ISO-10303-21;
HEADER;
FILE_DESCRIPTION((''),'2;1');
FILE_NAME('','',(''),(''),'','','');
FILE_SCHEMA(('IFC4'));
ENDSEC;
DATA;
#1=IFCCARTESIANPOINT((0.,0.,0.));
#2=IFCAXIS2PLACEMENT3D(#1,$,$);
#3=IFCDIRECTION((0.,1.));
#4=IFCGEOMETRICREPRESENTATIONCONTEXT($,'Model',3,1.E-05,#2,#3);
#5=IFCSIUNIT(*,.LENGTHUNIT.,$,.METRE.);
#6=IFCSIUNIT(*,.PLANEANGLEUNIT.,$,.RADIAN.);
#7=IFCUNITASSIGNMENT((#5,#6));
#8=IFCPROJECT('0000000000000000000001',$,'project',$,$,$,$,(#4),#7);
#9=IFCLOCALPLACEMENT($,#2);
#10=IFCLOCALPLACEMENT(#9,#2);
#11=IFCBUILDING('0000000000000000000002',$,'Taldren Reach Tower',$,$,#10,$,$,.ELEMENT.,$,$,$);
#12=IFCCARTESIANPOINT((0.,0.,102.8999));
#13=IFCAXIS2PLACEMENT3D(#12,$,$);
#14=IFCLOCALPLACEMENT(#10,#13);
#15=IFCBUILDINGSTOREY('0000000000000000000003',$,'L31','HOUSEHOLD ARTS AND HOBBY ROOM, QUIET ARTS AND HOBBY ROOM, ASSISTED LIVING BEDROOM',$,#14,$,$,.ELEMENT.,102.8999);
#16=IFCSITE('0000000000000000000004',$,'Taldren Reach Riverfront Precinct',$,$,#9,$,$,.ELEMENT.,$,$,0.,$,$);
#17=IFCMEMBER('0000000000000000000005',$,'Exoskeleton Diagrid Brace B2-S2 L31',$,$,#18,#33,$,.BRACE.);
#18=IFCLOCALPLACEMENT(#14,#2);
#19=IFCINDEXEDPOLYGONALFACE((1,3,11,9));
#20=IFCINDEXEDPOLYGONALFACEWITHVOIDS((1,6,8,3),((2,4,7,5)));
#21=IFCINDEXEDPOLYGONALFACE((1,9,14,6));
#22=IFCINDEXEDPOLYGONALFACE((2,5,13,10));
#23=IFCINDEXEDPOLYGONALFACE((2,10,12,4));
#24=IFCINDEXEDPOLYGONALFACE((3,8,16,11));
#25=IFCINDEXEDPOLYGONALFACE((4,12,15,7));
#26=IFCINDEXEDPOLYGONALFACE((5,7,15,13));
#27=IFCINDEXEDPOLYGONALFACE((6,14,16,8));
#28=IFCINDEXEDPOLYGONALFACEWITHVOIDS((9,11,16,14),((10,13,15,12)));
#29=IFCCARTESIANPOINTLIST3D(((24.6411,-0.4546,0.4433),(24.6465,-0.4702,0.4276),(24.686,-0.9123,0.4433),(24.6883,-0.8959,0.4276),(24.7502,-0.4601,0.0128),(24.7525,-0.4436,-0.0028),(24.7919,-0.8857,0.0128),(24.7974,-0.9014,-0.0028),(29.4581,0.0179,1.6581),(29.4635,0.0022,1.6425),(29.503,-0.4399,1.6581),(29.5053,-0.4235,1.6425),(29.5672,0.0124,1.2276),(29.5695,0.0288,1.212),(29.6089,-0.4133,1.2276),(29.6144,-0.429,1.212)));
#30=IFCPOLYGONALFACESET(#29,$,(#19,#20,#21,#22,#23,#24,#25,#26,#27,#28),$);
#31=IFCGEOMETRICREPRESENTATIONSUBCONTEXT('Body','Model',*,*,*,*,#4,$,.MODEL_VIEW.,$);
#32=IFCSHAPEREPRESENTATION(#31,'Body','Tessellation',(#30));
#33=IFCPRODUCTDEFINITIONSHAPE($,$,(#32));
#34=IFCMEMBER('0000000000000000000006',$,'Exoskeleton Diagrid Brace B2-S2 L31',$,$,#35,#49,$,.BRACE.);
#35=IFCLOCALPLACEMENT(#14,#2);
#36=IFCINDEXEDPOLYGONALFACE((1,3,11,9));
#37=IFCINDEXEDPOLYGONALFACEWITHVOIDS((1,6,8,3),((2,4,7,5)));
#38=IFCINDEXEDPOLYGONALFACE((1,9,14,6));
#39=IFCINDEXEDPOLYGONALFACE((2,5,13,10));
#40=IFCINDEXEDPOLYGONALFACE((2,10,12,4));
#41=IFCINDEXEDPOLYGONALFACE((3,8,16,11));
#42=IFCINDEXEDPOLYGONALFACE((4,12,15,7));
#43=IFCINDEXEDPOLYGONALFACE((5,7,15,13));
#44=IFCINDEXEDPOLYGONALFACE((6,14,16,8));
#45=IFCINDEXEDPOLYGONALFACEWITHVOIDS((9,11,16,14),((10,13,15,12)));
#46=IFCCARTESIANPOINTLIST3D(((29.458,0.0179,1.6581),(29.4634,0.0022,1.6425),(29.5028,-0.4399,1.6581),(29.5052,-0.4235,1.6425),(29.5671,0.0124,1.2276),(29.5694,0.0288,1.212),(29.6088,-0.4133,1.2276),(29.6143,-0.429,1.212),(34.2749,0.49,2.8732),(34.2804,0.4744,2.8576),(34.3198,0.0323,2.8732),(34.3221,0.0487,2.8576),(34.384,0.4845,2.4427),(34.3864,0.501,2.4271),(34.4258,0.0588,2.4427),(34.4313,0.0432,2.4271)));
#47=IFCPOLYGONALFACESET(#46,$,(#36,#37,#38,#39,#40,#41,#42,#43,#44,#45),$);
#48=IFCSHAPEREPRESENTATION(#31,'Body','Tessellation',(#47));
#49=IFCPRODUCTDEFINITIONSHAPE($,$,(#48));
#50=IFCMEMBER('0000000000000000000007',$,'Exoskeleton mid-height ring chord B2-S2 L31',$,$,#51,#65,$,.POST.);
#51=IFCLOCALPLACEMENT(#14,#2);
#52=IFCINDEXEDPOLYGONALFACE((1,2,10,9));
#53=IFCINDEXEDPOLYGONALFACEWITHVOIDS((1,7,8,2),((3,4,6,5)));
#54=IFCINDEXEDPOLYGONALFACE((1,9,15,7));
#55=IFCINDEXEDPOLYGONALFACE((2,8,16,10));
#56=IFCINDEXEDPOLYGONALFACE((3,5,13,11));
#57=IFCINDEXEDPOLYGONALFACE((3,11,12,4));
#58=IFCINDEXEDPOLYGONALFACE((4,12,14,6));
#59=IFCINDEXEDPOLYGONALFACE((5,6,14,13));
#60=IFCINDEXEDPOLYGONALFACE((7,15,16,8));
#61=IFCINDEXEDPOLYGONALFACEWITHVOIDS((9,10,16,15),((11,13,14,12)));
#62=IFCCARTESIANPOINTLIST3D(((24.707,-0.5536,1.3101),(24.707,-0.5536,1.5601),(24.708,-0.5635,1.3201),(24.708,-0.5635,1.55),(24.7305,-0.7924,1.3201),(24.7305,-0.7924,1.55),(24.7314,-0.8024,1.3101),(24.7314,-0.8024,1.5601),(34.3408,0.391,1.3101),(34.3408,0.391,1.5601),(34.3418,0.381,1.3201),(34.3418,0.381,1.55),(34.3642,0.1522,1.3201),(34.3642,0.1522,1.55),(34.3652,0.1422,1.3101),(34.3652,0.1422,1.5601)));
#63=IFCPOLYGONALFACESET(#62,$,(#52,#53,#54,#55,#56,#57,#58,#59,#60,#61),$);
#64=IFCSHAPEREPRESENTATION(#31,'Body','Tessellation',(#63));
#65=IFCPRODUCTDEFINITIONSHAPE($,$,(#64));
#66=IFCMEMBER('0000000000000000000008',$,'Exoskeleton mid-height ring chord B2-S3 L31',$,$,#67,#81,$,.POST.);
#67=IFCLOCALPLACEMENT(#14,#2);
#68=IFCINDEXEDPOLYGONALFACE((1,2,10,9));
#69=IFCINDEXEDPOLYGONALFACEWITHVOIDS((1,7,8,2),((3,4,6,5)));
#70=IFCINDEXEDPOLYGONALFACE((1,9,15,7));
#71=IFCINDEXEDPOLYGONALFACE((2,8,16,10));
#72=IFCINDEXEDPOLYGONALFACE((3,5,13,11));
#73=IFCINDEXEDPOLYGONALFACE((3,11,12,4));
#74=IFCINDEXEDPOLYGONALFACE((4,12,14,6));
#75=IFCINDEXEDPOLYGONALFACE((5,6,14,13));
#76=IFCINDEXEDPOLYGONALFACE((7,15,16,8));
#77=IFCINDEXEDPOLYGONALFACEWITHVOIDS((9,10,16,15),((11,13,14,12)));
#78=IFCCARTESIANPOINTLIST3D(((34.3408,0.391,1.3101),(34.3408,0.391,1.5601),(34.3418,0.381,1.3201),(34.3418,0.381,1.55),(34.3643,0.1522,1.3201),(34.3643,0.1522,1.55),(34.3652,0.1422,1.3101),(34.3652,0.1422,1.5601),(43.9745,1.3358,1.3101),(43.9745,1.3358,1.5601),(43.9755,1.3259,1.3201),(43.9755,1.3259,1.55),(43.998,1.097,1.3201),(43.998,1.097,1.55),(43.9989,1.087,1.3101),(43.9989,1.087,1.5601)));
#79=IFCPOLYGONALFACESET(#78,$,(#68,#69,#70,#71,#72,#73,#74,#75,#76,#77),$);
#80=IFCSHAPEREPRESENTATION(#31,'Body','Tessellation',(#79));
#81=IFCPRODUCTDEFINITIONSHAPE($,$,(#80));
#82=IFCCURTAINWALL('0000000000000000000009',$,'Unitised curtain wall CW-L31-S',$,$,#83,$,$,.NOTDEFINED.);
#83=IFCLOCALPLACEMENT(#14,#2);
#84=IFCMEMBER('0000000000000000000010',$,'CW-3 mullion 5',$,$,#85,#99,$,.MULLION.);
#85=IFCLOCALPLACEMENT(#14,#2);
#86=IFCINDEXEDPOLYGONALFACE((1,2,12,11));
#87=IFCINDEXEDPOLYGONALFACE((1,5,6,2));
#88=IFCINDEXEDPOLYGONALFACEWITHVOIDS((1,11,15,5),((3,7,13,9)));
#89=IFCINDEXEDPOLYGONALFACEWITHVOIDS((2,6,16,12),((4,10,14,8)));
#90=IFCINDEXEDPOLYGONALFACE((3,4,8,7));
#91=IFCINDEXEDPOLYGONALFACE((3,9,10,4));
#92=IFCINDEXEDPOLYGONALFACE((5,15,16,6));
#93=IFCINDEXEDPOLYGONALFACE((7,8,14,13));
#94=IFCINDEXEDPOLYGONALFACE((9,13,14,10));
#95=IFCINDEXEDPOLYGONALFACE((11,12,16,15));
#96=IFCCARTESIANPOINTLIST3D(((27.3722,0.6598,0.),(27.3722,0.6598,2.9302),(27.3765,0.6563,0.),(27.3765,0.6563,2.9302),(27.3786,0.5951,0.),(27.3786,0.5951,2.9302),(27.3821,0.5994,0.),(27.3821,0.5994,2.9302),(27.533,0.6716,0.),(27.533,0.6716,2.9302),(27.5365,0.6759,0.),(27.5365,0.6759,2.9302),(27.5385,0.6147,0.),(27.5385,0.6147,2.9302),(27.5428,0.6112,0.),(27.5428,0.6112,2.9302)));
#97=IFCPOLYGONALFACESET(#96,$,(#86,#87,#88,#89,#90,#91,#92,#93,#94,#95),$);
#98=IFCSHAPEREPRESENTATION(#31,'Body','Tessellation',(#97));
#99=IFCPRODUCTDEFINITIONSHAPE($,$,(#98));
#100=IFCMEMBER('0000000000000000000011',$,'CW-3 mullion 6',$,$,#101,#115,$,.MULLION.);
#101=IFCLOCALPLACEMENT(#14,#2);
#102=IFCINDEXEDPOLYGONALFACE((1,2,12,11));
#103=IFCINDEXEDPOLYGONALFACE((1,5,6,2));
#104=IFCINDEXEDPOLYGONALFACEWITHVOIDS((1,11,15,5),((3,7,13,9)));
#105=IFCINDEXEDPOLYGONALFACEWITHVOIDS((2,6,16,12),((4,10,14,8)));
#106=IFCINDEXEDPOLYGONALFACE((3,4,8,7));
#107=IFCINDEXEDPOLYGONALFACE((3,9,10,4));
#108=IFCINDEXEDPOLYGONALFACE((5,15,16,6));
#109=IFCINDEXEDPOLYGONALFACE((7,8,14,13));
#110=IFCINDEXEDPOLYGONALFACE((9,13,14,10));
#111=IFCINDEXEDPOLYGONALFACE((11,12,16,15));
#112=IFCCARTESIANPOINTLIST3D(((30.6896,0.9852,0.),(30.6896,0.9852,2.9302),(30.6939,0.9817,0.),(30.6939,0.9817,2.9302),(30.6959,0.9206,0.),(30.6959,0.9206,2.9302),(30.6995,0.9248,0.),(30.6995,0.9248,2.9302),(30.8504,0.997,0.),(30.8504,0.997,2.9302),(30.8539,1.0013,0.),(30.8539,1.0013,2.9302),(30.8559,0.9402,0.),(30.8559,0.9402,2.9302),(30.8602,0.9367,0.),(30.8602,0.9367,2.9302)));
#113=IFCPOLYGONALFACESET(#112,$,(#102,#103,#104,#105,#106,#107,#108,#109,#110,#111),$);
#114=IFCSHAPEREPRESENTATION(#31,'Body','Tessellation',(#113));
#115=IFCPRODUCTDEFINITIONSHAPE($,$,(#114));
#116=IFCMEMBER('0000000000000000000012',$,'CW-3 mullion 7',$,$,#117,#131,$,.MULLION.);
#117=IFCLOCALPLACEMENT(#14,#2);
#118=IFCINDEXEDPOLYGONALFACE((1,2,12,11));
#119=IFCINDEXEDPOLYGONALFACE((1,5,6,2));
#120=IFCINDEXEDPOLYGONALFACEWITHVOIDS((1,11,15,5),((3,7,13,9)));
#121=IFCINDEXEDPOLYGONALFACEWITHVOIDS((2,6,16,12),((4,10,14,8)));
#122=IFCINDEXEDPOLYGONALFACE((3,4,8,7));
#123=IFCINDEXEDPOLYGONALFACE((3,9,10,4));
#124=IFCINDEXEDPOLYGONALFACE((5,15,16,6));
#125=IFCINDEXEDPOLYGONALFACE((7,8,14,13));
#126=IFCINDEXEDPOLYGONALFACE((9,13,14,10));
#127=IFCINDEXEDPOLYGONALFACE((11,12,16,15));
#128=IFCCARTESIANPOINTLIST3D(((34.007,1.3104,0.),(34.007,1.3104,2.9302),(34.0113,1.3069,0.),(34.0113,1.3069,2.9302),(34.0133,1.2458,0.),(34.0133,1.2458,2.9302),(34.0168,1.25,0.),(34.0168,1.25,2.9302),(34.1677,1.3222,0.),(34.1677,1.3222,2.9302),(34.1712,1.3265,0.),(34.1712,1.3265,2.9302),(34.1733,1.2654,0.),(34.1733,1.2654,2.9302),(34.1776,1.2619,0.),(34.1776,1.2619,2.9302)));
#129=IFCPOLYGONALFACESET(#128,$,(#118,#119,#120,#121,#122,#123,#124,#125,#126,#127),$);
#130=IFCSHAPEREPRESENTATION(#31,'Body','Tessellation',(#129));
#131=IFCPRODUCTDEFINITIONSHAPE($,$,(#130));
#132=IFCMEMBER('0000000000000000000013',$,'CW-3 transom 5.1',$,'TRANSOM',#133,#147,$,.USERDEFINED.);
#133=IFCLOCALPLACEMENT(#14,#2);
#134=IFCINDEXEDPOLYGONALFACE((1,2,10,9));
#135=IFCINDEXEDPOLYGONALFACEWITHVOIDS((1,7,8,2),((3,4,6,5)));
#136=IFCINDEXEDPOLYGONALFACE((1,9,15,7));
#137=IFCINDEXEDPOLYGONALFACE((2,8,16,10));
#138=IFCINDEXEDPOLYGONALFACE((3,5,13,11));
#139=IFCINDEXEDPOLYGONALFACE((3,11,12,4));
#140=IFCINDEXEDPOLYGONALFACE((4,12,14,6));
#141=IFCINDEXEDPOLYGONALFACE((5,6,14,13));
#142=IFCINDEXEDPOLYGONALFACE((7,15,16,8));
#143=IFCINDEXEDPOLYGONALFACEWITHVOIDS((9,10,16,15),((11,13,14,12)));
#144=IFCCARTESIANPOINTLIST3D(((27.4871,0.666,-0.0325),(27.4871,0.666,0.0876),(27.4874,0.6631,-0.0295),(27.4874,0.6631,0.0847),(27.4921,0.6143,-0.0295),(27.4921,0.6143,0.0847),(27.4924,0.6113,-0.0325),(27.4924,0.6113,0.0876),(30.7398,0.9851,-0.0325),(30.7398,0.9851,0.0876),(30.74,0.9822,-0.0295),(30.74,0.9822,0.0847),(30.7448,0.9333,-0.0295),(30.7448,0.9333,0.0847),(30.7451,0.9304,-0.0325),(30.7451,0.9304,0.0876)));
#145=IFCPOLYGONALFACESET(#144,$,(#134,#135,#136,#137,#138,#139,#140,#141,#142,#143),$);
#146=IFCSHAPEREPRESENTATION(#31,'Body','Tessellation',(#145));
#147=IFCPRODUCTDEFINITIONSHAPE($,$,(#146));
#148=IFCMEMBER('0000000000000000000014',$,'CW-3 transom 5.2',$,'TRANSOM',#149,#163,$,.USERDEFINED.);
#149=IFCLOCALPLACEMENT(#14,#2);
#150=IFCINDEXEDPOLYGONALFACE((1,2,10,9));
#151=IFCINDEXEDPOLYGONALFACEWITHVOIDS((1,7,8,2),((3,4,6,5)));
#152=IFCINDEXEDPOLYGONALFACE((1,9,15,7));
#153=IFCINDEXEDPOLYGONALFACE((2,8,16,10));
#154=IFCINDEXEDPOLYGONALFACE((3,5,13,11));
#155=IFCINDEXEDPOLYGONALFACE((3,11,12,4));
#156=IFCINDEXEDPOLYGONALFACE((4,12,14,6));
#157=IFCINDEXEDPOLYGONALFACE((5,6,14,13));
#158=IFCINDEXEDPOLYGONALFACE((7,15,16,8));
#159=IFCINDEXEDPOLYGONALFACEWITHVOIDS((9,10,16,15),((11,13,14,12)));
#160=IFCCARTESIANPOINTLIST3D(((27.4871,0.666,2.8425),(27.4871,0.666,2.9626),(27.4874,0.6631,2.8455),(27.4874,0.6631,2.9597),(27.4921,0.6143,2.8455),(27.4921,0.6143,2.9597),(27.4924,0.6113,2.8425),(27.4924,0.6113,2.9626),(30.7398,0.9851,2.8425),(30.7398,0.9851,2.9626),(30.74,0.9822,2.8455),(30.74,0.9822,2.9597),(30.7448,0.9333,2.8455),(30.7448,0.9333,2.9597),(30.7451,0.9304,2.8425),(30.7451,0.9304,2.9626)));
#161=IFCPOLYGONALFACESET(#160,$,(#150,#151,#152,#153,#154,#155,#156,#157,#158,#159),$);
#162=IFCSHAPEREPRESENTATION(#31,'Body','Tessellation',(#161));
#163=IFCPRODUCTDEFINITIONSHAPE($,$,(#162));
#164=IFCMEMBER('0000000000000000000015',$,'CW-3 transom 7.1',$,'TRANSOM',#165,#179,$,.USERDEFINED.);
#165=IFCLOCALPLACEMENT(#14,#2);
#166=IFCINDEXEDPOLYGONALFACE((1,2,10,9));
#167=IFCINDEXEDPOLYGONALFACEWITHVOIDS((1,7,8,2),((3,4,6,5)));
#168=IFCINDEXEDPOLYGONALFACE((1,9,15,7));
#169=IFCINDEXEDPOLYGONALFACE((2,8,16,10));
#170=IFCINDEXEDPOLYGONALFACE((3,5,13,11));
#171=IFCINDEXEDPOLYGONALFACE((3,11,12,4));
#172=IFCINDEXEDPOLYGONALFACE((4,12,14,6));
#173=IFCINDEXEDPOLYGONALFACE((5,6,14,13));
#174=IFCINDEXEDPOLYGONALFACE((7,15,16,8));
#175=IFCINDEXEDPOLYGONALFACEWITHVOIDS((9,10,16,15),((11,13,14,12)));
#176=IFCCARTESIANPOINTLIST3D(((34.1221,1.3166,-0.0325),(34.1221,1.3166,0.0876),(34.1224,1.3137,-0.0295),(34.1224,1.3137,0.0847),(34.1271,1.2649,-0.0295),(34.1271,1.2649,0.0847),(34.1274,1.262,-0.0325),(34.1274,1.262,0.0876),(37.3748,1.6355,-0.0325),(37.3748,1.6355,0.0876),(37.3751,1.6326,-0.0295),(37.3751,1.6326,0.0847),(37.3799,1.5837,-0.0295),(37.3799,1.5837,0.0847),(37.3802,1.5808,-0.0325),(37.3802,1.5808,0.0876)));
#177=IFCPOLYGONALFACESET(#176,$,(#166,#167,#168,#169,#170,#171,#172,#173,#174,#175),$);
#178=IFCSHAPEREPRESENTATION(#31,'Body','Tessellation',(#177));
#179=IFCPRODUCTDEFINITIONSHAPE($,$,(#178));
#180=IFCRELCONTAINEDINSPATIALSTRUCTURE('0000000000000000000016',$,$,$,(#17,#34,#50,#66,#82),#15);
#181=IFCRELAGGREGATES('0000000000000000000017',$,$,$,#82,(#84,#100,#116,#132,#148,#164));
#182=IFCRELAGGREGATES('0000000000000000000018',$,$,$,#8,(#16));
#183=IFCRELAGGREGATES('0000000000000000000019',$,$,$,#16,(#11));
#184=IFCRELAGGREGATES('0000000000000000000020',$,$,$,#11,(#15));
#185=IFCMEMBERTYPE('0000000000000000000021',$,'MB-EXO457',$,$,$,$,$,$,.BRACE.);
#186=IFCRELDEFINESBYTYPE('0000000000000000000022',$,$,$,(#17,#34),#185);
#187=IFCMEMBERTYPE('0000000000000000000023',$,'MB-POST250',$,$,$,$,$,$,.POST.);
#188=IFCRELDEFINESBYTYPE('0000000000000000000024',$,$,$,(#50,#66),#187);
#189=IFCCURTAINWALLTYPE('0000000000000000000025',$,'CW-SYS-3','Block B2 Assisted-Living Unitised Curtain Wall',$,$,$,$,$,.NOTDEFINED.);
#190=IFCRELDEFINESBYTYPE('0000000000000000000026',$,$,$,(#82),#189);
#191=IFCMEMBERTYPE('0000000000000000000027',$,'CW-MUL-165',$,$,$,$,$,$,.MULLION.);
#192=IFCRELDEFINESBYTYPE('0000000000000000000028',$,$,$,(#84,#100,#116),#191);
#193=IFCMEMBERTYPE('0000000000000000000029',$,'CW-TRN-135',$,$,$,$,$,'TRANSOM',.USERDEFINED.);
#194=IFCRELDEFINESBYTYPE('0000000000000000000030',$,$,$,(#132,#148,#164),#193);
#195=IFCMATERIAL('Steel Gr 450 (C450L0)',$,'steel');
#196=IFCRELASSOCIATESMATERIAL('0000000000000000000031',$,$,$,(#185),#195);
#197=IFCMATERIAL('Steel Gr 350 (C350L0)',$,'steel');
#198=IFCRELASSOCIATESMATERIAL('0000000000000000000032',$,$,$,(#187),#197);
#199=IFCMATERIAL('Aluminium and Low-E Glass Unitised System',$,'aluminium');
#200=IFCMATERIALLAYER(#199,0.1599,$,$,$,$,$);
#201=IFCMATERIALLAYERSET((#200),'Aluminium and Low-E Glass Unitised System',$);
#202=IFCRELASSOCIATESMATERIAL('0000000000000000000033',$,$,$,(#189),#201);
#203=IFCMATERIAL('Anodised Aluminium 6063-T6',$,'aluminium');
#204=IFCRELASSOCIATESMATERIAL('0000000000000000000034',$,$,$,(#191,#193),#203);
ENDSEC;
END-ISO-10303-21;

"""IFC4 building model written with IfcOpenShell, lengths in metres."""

from ifc_helpers import new_model, si_unit, direction, frame, origin, origin_2d, place, context, subcontext, project, spatial, hollow_rectangle, extrude, source, transform, mapped, material, layer, layer_set, material_profile, profile_set, type_object, element, aggregate, save


model = new_model("IFC4")

# Units and contexts
model_context = context("Model", 3, precision=1e-05, world=origin(), true_north=direction((0.0, 1.0)))
body_context = subcontext(model_context, "Body", "Model", "MODEL_VIEW")
ifc_project = project(units=[si_unit("LENGTHUNIT", "METRE"), si_unit("PLANEANGLEUNIT", "RADIAN")], contexts=[model_context])

# Site, building, storey
site_placement = place(None, origin())
site = spatial("IfcSite", under=ifc_project, at=site_placement, Name="Taldren Reach Riverfront Precinct", CompositionType="ELEMENT", RefElevation=0.0)
building_placement = place(site_placement, origin())
building = spatial("IfcBuilding", under=site, at=building_placement, Name="Taldren Reach Tower", CompositionType="ELEMENT")
storey_placement = place(building_placement, frame((0.0, 0.0, 102.8999)))
storey = spatial("IfcBuildingStorey", under=building, at=storey_placement, Name="L31", Description="HOUSEHOLD ARTS AND HOBBY ROOM, QUIET ARTS AND HOBBY ROOM, ASSISTED LIVING BEDROOM", CompositionType="ELEMENT", Elevation=102.8999)

# Members
ifc_material_1 = material(Name="Steel Gr 450 (C450L0)", Category="steel")
ifc_material_profile_1 = material_profile(ifc_material_1, hollow_rectangle(XDim=0.46, YDim=0.46, WallThickness=0.0161, at=origin_2d()), Name="460x460x16.0SHS")
ifc_profile_set_1 = profile_set([ifc_material_profile_1], Name="Steel Gr 450 (C450L0)")
member_type_1 = type_object("IfcMemberType", Name="MB-EXO457", PredefinedType="BRACE", material=ifc_profile_set_1)
shared_shape_1 = source(origin(), body_context, "Body", "SweptSolid", [
    extrude(hollow_rectangle(XDim=0.46, YDim=0.46, WallThickness=0.0161, at=origin_2d()), origin(), (0.0, 0.0, 1.0), 4.9902),
])
for number, where, z_axis, x_axis, name in (
    (1, (24.7192, -0.678, 0.2202), (0.965283, 0.094669, 0.243449), (-0.097606, 0.995225, 0.0), "Exoskeleton Diagrid Brace B2-S2 L31"),
    (2, (29.5361, -0.2056, 1.4351), (0.965276, 0.09462, 0.243496), (-0.097556, 0.99523, 0.0), "Exoskeleton Diagrid Brace B2-S2 L31"),
):
    element("IfcMember", number, at=place(storey_placement, frame(where, z_axis=z_axis, x_axis=x_axis)), inside=storey, type_object=member_type_1, Name=name, PredefinedType="BRACE", context=body_context, shape_type="MappedRepresentation", body=[
        mapped(shared_shape_1, transform((0.0, 0.0, 0.0), scale=1.0)),
    ])
ifc_material_2 = material(Name="Steel Gr 350 (C350L0)", Category="steel")
ifc_material_profile_2 = material_profile(ifc_material_2, hollow_rectangle(XDim=0.25, YDim=0.25, WallThickness=0.01, at=origin_2d()), Name="250x250x10.0SHS")
ifc_profile_set_2 = profile_set([ifc_material_profile_2], Name="Steel Gr 350 (C350L0)")
member_type_2 = type_object("IfcMemberType", Name="MB-POST250", PredefinedType="POST", material=ifc_profile_set_2)
shared_shape_2 = source(origin(), body_context, "Body", "SweptSolid", [
    extrude(hollow_rectangle(XDim=0.25, YDim=0.25, WallThickness=0.01, at=origin_2d()), origin(), (0.0, 0.0, 1.0), 9.6799),
])
for number, where, z_axis, x_axis, name in (
    (3, (24.7192, -0.678, 1.4351), (0.995228, 0.097581, 0.0), (-0.097581, 0.995228, 0.0), "Exoskeleton mid-height ring chord B2-S2 L31"),
    (4, (34.353, 0.2666, 1.4351), (0.995225, 0.097606, 0.0), (-0.097606, 0.995225, 0.0), "Exoskeleton mid-height ring chord B2-S3 L31"),
):
    element("IfcMember", number, at=place(storey_placement, frame(where, z_axis=z_axis, x_axis=x_axis)), inside=storey, type_object=member_type_2, Name=name, PredefinedType="POST", context=body_context, shape_type="MappedRepresentation", body=[
        mapped(shared_shape_2, transform((0.0, 0.0, 0.0), scale=1.0)),
    ])

# Curtain wall, members
ifc_material_3 = material(Name="Aluminium and Low-E Glass Unitised System", Category="aluminium")
ifc_layer_1 = layer(ifc_material_3, 0.1599)
ifc_layer_set_1 = layer_set([ifc_layer_1], Name="Aluminium and Low-E Glass Unitised System")
curtain_wall_type = type_object("IfcCurtainWallType", Name="CW-SYS-3", Description="Block B2 Assisted-Living Unitised Curtain Wall", PredefinedType="NOTDEFINED", material=ifc_layer_set_1)
curtain_wall_placement = place(storey_placement, origin())
curtain_wall = element("IfcCurtainWall", 5, at=curtain_wall_placement, inside=storey, type_object=curtain_wall_type, Name="Unitised curtain wall CW-L31-S", PredefinedType="NOTDEFINED")
ifc_material_4 = material(Name="Anodised Aluminium 6063-T6", Category="aluminium")
ifc_material_profile_3 = material_profile(ifc_material_4, hollow_rectangle(XDim=0.0649, YDim=0.165, WallThickness=0.0039, at=origin_2d()), Name="ALU-165x65x4RHS")
ifc_profile_set_3 = profile_set([ifc_material_profile_3], Name="Anodised Aluminium 6063-T6")
member_type_3 = type_object("IfcMemberType", Name="CW-MUL-165", PredefinedType="MULLION", material=ifc_profile_set_3)
shared_shape_3 = source(origin(), body_context, "Body", "SweptSolid", [
    extrude(hollow_rectangle(XDim=0.0649, YDim=0.165, WallThickness=0.0039, at=origin_2d()), origin(), (0.0, 0.0, 1.0), 2.9302),
])
member_1_placement = place(storey_placement, frame((27.4575, 0.6355, 0.0), z_axis=(0.0, 0.0, 1.0), x_axis=(-0.097583, 0.995227, 0.0)))
member_1 = element("IfcMember", 6, at=member_1_placement, type_object=member_type_3, Name="CW-3 mullion 5", PredefinedType="MULLION", context=body_context, shape_type="MappedRepresentation", body=[
    mapped(shared_shape_3, transform((0.0, 0.0, 0.0), scale=1.0)),
])
member_2_placement = place(storey_placement, frame((30.7749, 0.9609, 0.0), z_axis=(0.0, 0.0, 1.0), x_axis=(-0.097583, 0.995227, 0.0)))
member_2 = element("IfcMember", 7, at=member_2_placement, type_object=member_type_3, Name="CW-3 mullion 6", PredefinedType="MULLION", context=body_context, shape_type="MappedRepresentation", body=[
    mapped(shared_shape_3, transform((0.0, 0.0, 0.0), scale=1.0)),
])
member_3_placement = place(storey_placement, frame((34.0923, 1.2861, 0.0), z_axis=(0.0, 0.0, 1.0), x_axis=(-0.097583, 0.995227, 0.0)))
member_3 = element("IfcMember", 8, at=member_3_placement, type_object=member_type_3, Name="CW-3 mullion 7", PredefinedType="MULLION", context=body_context, shape_type="MappedRepresentation", body=[
    mapped(shared_shape_3, transform((0.0, 0.0, 0.0), scale=1.0)),
])
ifc_material_profile_4 = material_profile(ifc_material_4, hollow_rectangle(XDim=0.0549, YDim=0.1201, WallThickness=0.0029, at=origin_2d()), Name="ALU-120x55x3RHS")
ifc_profile_set_4 = profile_set([ifc_material_profile_4], Name="Anodised Aluminium 6063-T6")
member_type_4 = type_object("IfcMemberType", Name="CW-TRN-135", ElementType="TRANSOM", PredefinedType="USERDEFINED", material=ifc_profile_set_4)
shared_shape_4 = source(origin(), body_context, "Body", "SweptSolid", [
    extrude(hollow_rectangle(XDim=0.0549, YDim=0.1201, WallThickness=0.0029, at=origin_2d()), origin(), (0.0, 0.0, 1.0), 3.2683),
])
member_4_placement = place(storey_placement, frame((27.4897, 0.6387, 0.0276), z_axis=(0.995223, 0.097632, 0.0), x_axis=(-0.097632, 0.995223, 0.0)))
member_4 = element("IfcMember", 9, at=member_4_placement, type_object=member_type_4, Name="CW-3 transom 5.1", ObjectType="TRANSOM", PredefinedType="USERDEFINED", context=body_context, shape_type="MappedRepresentation", body=[
    mapped(shared_shape_4, transform((0.0, 0.0, 0.0), scale=1.0)),
])
member_5_placement = place(storey_placement, frame((27.4897, 0.6387, 2.9026), z_axis=(0.995223, 0.097632, 0.0), x_axis=(-0.097632, 0.995223, 0.0)))
member_5 = element("IfcMember", 10, at=member_5_placement, type_object=member_type_4, Name="CW-3 transom 5.2", ObjectType="TRANSOM", PredefinedType="USERDEFINED", context=body_context, shape_type="MappedRepresentation", body=[
    mapped(shared_shape_4, transform((0.0, 0.0, 0.0), scale=1.0)),
])
member_6_placement = place(storey_placement, frame((34.1248, 1.2893, 0.0276), z_axis=(0.99523, 0.097558, 0.0), x_axis=(-0.097558, 0.99523, 0.0)))
member_6 = element("IfcMember", 11, at=member_6_placement, type_object=member_type_4, Name="CW-3 transom 7.1", ObjectType="TRANSOM", PredefinedType="USERDEFINED", context=body_context, shape_type="MappedRepresentation", body=[
    mapped(shared_shape_4, transform((0.0, 0.0, 0.0), scale=1.0)),
])

aggregate(curtain_wall, [member_1, member_2, member_3, member_4, member_5, member_6])

save(model, "model.ifc")
